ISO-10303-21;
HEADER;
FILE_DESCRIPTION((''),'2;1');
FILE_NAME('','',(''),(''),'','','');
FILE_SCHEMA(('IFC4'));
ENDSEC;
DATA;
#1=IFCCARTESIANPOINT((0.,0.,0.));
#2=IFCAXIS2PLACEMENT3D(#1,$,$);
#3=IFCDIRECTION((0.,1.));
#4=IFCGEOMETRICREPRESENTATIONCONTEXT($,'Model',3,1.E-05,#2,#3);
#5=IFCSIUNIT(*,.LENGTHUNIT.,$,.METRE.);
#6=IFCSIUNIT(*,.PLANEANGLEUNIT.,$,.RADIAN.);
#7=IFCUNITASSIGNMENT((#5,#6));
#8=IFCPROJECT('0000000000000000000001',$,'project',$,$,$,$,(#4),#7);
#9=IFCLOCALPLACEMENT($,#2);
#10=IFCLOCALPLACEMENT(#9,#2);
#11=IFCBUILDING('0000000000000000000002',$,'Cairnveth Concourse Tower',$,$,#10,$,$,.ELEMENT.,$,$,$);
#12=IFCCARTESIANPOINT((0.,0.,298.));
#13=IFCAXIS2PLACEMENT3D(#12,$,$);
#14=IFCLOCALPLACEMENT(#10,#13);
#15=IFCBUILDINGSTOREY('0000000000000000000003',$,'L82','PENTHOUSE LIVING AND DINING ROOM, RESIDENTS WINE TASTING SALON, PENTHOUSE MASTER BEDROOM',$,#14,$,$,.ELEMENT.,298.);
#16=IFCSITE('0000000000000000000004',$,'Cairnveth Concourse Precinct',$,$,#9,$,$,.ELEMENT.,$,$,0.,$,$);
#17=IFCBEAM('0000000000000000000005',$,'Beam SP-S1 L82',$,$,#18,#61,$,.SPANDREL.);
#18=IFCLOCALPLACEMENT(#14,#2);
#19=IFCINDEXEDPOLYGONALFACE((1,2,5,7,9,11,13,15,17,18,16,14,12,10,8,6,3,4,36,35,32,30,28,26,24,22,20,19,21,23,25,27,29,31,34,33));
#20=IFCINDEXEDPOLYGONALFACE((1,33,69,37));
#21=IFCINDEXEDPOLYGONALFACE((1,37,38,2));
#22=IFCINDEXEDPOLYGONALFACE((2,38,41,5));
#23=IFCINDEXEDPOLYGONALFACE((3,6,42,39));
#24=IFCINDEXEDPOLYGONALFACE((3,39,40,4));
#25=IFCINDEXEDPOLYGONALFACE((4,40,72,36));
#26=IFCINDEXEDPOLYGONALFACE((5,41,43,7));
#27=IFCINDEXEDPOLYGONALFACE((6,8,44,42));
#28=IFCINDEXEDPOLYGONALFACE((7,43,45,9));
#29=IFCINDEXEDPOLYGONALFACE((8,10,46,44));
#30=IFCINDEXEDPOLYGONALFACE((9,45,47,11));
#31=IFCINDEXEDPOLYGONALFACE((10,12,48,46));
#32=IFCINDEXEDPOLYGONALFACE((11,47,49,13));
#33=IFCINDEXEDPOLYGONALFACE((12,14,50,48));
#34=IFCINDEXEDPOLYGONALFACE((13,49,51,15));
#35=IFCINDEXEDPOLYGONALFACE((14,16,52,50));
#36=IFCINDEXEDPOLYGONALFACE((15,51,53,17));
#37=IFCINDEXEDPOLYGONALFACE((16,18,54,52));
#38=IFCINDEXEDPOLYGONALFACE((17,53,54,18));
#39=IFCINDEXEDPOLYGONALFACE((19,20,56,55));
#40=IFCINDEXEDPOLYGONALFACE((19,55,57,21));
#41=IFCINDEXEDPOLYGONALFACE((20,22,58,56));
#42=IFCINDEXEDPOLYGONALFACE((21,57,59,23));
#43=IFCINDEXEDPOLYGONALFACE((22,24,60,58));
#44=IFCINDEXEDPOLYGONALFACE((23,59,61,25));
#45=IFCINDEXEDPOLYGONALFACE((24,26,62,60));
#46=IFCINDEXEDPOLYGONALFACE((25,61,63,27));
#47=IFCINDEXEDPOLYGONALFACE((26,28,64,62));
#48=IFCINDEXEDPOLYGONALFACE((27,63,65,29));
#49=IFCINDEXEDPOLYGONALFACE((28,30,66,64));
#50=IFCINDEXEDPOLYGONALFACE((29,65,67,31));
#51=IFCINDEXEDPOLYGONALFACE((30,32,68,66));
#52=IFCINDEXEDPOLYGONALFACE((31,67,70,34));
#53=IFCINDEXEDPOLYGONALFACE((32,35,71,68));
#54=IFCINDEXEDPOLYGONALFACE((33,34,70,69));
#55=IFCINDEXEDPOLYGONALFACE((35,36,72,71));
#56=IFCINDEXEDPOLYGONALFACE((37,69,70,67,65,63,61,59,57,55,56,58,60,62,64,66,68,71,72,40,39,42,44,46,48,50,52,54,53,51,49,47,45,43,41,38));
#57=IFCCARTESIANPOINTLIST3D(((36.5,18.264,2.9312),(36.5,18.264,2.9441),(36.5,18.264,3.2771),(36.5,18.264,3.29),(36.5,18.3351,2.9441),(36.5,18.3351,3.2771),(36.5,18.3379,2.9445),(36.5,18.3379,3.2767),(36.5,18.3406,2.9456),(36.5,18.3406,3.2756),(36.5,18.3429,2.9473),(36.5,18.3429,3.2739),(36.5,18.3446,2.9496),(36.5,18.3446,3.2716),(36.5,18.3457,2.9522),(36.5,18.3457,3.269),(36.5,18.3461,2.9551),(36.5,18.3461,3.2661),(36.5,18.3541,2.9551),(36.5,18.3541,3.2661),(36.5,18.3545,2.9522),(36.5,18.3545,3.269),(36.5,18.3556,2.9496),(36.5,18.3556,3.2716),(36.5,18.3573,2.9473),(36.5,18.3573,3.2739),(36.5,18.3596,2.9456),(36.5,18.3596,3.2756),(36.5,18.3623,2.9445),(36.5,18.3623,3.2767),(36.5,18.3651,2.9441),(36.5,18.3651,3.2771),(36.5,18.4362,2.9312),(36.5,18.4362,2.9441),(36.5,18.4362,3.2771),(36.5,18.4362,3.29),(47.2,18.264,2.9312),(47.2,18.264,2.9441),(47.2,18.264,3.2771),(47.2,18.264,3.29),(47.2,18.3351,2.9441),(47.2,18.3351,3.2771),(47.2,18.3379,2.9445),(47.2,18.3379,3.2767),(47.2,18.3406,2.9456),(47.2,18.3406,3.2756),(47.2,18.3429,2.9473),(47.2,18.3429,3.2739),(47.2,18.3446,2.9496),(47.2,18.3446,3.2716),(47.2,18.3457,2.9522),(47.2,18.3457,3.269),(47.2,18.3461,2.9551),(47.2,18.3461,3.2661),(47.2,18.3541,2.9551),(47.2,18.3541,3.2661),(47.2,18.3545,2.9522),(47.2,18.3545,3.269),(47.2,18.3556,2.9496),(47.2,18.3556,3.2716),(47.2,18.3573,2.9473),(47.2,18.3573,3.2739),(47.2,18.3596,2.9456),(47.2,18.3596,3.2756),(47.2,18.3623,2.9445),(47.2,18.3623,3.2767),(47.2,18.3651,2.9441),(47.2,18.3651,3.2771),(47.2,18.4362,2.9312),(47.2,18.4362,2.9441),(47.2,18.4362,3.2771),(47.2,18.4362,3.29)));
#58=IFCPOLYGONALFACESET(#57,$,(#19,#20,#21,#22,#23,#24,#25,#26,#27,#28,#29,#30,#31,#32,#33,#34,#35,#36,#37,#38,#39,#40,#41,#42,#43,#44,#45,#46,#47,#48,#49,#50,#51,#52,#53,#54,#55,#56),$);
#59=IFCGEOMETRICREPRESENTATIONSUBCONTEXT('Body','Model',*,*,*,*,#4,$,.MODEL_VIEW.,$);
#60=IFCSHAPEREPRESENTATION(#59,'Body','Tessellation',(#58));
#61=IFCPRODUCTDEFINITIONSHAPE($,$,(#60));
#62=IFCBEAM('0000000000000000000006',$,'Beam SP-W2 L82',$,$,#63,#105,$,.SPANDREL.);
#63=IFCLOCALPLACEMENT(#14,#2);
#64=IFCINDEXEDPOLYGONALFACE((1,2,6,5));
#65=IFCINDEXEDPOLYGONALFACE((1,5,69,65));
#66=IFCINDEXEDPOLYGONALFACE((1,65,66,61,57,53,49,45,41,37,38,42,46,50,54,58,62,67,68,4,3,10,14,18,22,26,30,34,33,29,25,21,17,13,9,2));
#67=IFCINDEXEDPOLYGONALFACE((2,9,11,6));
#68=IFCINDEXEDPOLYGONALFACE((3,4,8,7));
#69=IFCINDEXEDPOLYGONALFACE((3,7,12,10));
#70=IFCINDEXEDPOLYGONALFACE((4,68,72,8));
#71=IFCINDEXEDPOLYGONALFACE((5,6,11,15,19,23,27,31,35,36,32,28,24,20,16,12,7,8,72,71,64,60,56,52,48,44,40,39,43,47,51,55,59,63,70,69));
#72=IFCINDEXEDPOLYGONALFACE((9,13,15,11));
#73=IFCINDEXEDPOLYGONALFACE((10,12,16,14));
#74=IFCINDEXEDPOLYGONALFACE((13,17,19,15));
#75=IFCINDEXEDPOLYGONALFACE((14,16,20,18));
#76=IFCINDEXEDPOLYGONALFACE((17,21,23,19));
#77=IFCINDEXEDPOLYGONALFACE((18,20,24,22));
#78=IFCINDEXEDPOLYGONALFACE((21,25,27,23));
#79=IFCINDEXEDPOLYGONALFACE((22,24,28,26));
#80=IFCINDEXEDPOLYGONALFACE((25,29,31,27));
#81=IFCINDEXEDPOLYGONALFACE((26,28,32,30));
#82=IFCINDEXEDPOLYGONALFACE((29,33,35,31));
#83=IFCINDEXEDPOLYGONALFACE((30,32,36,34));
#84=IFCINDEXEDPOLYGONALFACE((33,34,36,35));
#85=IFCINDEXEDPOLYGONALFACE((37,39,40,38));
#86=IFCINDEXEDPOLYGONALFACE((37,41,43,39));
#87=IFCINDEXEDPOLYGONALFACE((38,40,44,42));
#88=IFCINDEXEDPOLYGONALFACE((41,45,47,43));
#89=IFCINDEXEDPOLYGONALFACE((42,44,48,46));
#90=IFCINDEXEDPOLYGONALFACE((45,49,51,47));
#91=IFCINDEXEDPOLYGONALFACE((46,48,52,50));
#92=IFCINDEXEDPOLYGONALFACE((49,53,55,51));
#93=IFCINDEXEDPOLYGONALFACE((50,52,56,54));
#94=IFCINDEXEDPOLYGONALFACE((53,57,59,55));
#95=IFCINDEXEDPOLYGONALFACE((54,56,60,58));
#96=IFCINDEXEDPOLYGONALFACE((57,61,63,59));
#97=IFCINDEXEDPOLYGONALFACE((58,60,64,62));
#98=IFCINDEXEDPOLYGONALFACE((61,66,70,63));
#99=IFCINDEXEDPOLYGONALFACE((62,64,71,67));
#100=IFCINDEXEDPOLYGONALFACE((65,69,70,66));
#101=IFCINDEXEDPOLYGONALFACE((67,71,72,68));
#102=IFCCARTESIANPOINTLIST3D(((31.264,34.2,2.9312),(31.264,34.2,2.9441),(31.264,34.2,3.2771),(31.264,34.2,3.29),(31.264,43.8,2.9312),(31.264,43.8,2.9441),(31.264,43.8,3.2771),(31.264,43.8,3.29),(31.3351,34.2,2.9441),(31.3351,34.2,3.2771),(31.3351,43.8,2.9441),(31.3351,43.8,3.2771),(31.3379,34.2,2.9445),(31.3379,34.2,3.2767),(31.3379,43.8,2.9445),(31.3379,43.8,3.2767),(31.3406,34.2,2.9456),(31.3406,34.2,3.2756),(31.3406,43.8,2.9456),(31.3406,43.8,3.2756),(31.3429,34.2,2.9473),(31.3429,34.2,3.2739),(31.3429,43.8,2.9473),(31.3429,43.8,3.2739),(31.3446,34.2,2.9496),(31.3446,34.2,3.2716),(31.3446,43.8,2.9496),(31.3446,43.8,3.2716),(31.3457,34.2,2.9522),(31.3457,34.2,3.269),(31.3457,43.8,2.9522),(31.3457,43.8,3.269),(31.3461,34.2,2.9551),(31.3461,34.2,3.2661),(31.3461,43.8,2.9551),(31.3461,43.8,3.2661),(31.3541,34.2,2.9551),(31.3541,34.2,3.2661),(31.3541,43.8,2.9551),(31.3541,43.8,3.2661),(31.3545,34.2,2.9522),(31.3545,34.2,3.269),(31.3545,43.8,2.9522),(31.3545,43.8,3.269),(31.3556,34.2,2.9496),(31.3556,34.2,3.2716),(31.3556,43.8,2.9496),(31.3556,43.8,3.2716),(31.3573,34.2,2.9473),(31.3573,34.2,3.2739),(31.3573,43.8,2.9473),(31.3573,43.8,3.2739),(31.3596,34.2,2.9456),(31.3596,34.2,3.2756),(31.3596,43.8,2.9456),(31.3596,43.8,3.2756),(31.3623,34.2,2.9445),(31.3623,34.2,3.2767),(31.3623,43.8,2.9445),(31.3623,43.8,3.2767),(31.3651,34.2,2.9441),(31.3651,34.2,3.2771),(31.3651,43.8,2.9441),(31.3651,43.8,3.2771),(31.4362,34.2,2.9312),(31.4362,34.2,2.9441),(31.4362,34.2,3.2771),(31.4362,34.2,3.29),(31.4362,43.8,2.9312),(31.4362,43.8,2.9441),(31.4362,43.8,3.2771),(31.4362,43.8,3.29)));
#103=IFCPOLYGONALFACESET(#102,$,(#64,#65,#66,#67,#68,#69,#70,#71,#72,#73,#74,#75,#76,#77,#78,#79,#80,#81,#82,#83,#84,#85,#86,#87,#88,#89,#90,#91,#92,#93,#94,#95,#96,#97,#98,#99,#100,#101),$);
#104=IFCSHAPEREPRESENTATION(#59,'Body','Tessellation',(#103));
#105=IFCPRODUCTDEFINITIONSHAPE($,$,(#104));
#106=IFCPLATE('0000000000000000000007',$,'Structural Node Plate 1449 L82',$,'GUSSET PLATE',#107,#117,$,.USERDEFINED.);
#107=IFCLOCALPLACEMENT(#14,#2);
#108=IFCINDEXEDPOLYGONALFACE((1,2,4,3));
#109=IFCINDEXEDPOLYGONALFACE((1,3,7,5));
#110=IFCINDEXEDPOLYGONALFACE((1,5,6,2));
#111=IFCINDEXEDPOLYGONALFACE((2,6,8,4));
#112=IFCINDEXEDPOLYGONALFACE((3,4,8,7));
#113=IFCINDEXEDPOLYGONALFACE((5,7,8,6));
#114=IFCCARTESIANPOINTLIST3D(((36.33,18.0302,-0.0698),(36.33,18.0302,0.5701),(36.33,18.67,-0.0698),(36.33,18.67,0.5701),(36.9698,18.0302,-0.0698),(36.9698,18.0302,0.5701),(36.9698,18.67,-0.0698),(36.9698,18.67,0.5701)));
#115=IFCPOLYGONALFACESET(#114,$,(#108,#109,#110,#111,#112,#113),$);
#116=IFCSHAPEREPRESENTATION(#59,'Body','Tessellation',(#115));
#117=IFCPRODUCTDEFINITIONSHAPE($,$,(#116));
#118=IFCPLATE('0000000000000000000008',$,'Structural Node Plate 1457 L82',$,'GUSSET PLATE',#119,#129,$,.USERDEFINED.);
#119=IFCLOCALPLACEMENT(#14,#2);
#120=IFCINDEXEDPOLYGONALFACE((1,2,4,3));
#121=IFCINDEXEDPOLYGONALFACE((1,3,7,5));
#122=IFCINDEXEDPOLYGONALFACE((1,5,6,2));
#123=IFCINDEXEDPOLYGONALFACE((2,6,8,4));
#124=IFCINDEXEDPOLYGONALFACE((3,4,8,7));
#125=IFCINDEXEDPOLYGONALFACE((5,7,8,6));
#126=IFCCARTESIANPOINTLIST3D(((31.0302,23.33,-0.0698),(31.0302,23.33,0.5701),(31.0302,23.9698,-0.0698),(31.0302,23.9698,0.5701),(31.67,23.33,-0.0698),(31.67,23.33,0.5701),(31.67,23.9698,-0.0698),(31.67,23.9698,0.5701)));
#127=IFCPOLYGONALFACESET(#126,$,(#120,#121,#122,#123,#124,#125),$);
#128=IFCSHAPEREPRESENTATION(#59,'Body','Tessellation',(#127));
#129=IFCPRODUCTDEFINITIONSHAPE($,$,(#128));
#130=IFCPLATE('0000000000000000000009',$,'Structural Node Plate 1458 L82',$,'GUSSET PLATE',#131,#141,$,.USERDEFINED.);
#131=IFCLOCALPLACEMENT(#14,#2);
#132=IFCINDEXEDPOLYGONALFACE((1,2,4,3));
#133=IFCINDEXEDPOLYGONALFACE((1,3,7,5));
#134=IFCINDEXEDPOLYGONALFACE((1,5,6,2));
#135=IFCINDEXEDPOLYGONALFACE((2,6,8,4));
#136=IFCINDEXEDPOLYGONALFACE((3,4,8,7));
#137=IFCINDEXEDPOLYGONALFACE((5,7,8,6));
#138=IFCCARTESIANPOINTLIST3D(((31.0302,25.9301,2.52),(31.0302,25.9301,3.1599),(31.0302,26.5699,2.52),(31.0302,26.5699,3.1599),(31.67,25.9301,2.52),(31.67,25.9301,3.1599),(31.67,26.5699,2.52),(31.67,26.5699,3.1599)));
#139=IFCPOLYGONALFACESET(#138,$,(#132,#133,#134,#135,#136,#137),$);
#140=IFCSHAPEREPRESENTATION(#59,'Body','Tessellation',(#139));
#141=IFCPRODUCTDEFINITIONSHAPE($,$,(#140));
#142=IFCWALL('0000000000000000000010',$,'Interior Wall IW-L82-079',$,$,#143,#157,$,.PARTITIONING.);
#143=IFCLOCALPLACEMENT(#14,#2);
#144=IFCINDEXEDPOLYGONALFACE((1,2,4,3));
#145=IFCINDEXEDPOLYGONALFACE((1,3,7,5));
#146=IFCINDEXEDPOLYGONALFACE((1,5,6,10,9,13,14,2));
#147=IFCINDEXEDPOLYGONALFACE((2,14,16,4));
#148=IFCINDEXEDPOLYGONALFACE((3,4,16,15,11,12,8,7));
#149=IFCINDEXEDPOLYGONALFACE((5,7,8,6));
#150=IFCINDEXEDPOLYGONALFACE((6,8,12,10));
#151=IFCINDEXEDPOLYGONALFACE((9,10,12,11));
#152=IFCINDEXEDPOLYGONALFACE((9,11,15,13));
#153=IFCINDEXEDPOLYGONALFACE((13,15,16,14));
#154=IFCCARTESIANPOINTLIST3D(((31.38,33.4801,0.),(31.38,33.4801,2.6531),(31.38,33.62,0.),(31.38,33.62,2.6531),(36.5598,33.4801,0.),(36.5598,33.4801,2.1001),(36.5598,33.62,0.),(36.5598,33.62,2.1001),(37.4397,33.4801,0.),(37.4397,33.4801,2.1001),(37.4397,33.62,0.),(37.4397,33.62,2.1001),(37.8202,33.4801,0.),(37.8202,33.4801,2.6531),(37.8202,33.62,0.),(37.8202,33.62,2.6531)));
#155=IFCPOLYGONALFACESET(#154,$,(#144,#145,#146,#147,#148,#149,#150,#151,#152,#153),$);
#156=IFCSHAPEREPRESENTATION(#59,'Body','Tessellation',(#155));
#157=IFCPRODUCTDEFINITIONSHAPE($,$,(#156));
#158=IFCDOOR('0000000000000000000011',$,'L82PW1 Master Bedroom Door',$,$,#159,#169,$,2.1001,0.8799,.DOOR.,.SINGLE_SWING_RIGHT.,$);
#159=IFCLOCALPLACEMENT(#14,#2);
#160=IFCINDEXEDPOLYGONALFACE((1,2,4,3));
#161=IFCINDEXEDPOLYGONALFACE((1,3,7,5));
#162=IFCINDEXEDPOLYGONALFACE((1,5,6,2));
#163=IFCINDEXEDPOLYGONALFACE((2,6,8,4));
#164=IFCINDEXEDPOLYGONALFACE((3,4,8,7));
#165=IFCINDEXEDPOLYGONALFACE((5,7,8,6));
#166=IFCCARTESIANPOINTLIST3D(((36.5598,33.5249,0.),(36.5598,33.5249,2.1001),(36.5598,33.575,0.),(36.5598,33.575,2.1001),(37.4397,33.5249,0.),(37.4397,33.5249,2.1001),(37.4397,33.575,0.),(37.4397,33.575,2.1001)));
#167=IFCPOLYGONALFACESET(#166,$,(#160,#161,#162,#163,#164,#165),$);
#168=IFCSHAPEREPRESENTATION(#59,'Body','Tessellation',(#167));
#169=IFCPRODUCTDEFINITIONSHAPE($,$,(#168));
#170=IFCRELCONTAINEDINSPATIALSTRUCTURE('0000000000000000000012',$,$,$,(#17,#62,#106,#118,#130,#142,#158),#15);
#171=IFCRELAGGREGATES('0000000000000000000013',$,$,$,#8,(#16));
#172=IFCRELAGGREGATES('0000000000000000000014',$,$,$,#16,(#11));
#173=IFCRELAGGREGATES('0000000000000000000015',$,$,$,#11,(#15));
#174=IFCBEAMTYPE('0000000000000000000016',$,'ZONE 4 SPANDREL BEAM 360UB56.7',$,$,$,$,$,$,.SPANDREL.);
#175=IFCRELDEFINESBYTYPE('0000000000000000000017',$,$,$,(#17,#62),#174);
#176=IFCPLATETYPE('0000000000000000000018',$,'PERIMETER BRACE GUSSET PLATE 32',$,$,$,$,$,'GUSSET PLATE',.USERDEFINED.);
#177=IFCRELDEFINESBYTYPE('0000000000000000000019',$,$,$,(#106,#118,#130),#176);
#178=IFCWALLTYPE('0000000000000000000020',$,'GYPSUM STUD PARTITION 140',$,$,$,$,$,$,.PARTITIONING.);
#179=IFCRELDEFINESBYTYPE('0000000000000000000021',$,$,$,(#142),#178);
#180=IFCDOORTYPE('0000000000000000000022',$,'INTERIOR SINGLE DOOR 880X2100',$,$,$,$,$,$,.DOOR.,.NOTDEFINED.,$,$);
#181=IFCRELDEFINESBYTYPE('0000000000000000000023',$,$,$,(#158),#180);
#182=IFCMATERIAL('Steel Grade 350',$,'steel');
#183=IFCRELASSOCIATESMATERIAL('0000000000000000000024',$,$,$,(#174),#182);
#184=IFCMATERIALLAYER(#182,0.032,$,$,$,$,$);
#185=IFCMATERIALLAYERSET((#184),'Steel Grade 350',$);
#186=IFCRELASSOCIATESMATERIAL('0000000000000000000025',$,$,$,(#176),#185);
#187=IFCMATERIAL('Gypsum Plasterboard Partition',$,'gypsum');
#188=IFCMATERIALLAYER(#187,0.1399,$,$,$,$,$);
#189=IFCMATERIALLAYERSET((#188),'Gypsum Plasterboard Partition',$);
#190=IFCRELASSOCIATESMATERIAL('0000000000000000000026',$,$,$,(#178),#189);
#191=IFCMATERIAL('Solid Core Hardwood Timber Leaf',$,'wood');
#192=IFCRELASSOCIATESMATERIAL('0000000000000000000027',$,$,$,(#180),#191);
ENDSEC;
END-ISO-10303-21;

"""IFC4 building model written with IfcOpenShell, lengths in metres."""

from ifc_helpers import new_model, si_unit, direction, frame, frame_2d, origin, origin_2d, place, context, subcontext, project, spatial, rectangle, i_section, extrude, material, layer, layer_set, material_profile, profile_set, type_object, element, fill, save


model = new_model("IFC4")

# Units and contexts
model_context = context("Model", 3, precision=1e-05, world=origin(), true_north=direction((0.0, 1.0)))
body_context = subcontext(model_context, "Body", "Model", "MODEL_VIEW")
ifc_project = project(units=[si_unit("LENGTHUNIT", "METRE"), si_unit("PLANEANGLEUNIT", "RADIAN")], contexts=[model_context])

# Site, building, storey
site_placement = place(None, origin())
site = spatial("IfcSite", under=ifc_project, at=site_placement, Name="Cairnveth Concourse Precinct", CompositionType="ELEMENT", RefElevation=0.0)
building_placement = place(site_placement, origin())
building = spatial("IfcBuilding", under=site, at=building_placement, Name="Cairnveth Concourse Tower", CompositionType="ELEMENT")
storey_placement = place(building_placement, frame((0.0, 0.0, 298.0)))
storey = spatial("IfcBuildingStorey", under=building, at=storey_placement, Name="L82", Description="PENTHOUSE LIVING AND DINING ROOM, RESIDENTS WINE TASTING SALON, PENTHOUSE MASTER BEDROOM", CompositionType="ELEMENT", Elevation=298.0)

# Shared definitions
ifc_material_1 = material(Name="Steel Grade 350", Category="steel")

# Beams
ifc_material_profile_1 = material_profile(ifc_material_1, i_section(OverallWidth=0.1721, OverallDepth=0.3589, WebThickness=0.0081, FlangeThickness=0.0129, FilletRadius=0.011, at=origin_2d()), Name="360UB56.7")
ifc_profile_set_1 = profile_set([ifc_material_profile_1], Name="Steel Grade 350")
beam_type_1 = type_object("IfcBeamType", Name="ZONE 4 SPANDREL BEAM 360UB56.7", PredefinedType="SPANDREL", material=ifc_profile_set_1)
beam_1_placement = place(storey_placement, frame((36.5, 18.3501, 3.1106), z_axis=(1.0, 0.0, 0.0), x_axis=(0.0, 1.0, 0.0)))
element("IfcBeam", 1, at=beam_1_placement, inside=storey, type_object=beam_type_1, Name="Beam SP-S1 L82", PredefinedType="SPANDREL", context=body_context, shape_type="SweptSolid", body=[
    extrude(i_section(OverallWidth=0.1721, OverallDepth=0.3589, WebThickness=0.0081, FlangeThickness=0.0129, FilletRadius=0.011, at=origin_2d()), origin(), (0.0, 0.0, 1.0), 10.7),
])
beam_2_placement = place(storey_placement, frame((31.3501, 34.2, 3.1106), z_axis=(0.0, 1.0, 0.0), x_axis=(-1.0, 0.0, 0.0)))
element("IfcBeam", 2, at=beam_2_placement, inside=storey, type_object=beam_type_1, Name="Beam SP-W2 L82", PredefinedType="SPANDREL", context=body_context, shape_type="SweptSolid", body=[
    extrude(i_section(OverallWidth=0.1721, OverallDepth=0.3589, WebThickness=0.0081, FlangeThickness=0.0129, FilletRadius=0.011, at=origin_2d()), origin(), (0.0, 0.0, 1.0), 9.6001),
])

# Plates
ifc_layer_1 = layer(ifc_material_1, 0.032)
ifc_layer_set_1 = layer_set([ifc_layer_1], Name="Steel Grade 350")
plate_type = type_object("IfcPlateType", Name="PERIMETER BRACE GUSSET PLATE 32", ElementType="GUSSET PLATE", PredefinedType="USERDEFINED", material=ifc_layer_set_1)
for number, where, z_axis, x_axis, name in (
    (3, (36.6499, 18.3501, -0.0698), (0.0, 0.0, 1.0), (1.0, 0.0, 0.0), "Structural Node Plate 1449 L82"),
    (4, (31.3501, 23.6499, -0.0698), (0.0, 0.0, 1.0), (1.0, 0.0, 0.0), "Structural Node Plate 1457 L82"),
    (5, (31.3501, 26.25, 2.52), (0.0, 0.0, 1.0), (1.0, 0.0, 0.0), "Structural Node Plate 1458 L82"),
):
    element("IfcPlate", number, at=place(storey_placement, frame(where, z_axis=z_axis, x_axis=x_axis)), inside=storey, type_object=plate_type, Name=name, ObjectType="GUSSET PLATE", PredefinedType="USERDEFINED", context=body_context, shape_type="SweptSolid", body=[
        extrude(rectangle(XDim=0.6399, YDim=0.6399, at=origin_2d()), origin(), (0.0, 0.0, 1.0), 0.6399),
    ])

# Wall, opening, door
ifc_material_2 = material(Name="Gypsum Plasterboard Partition", Category="gypsum")
ifc_layer_2 = layer(ifc_material_2, 0.1399)
ifc_layer_set_2 = layer_set([ifc_layer_2], Name="Gypsum Plasterboard Partition")
wall_type_1 = type_object("IfcWallType", Name="GYPSUM STUD PARTITION 140", PredefinedType="PARTITIONING", material=ifc_layer_set_2)
wall_1_placement = place(storey_placement, frame((31.3799, 33.55, 0.0), z_axis=(0.0, 0.0, 1.0), x_axis=(1.0, 0.0, 0.0)))
wall_1 = element("IfcWall", 6, at=wall_1_placement, inside=storey, type_object=wall_type_1, Name="Interior Wall IW-L82-079", PredefinedType="PARTITIONING", context=body_context, shape_type="SweptSolid", body=[
    extrude(rectangle(XDim=6.4402, YDim=0.1399, at=frame_2d((3.2202, 0.0))), origin(), (0.0, 0.0, 1.0), 2.6531),
])
opening_1_placement = place(wall_1_placement, frame((5.1799, 0.0, 0.0)))
opening_1 = element("IfcOpeningElement", 7, at=opening_1_placement, cuts=wall_1, PredefinedType="OPENING", context=body_context, shape_type="SweptSolid", body=[
    extrude(rectangle(XDim=0.8799, YDim=2.1001, at=frame_2d((0.4399, 1.05))), frame((0.0, 0.0798, 0.0), z_axis=(0.0, -1.0, 0.0), x_axis=(1.0, 0.0, 0.0)), (0.0, 0.0, 1.0), 0.1599),
])
ifc_material_3 = material(Name="Solid Core Hardwood Timber Leaf", Category="wood")
door_type = type_object("IfcDoorType", Name="INTERIOR SINGLE DOOR 880X2100", OperationType="NOTDEFINED", PredefinedType="DOOR", material=ifc_material_3)
door_placement = place(opening_1_placement, origin())
door = element("IfcDoor", 8, at=door_placement, inside=storey, type_object=door_type, Name="L82PW1 Master Bedroom Door", OperationType="SINGLE_SWING_RIGHT", OverallHeight=2.1001, OverallWidth=0.8799, PredefinedType="DOOR", context=body_context, shape_type="SweptSolid", body=[
    extrude(rectangle(XDim=0.8799, YDim=2.1001, at=frame_2d((0.4399, 1.05))), frame((0.0, 0.0249, 0.0), z_axis=(0.0, -1.0, 0.0), x_axis=(1.0, 0.0, 0.0)), (0.0, 0.0, 1.0), 0.05),
])
fill(opening_1, door)

save(model, "model.ifc")
